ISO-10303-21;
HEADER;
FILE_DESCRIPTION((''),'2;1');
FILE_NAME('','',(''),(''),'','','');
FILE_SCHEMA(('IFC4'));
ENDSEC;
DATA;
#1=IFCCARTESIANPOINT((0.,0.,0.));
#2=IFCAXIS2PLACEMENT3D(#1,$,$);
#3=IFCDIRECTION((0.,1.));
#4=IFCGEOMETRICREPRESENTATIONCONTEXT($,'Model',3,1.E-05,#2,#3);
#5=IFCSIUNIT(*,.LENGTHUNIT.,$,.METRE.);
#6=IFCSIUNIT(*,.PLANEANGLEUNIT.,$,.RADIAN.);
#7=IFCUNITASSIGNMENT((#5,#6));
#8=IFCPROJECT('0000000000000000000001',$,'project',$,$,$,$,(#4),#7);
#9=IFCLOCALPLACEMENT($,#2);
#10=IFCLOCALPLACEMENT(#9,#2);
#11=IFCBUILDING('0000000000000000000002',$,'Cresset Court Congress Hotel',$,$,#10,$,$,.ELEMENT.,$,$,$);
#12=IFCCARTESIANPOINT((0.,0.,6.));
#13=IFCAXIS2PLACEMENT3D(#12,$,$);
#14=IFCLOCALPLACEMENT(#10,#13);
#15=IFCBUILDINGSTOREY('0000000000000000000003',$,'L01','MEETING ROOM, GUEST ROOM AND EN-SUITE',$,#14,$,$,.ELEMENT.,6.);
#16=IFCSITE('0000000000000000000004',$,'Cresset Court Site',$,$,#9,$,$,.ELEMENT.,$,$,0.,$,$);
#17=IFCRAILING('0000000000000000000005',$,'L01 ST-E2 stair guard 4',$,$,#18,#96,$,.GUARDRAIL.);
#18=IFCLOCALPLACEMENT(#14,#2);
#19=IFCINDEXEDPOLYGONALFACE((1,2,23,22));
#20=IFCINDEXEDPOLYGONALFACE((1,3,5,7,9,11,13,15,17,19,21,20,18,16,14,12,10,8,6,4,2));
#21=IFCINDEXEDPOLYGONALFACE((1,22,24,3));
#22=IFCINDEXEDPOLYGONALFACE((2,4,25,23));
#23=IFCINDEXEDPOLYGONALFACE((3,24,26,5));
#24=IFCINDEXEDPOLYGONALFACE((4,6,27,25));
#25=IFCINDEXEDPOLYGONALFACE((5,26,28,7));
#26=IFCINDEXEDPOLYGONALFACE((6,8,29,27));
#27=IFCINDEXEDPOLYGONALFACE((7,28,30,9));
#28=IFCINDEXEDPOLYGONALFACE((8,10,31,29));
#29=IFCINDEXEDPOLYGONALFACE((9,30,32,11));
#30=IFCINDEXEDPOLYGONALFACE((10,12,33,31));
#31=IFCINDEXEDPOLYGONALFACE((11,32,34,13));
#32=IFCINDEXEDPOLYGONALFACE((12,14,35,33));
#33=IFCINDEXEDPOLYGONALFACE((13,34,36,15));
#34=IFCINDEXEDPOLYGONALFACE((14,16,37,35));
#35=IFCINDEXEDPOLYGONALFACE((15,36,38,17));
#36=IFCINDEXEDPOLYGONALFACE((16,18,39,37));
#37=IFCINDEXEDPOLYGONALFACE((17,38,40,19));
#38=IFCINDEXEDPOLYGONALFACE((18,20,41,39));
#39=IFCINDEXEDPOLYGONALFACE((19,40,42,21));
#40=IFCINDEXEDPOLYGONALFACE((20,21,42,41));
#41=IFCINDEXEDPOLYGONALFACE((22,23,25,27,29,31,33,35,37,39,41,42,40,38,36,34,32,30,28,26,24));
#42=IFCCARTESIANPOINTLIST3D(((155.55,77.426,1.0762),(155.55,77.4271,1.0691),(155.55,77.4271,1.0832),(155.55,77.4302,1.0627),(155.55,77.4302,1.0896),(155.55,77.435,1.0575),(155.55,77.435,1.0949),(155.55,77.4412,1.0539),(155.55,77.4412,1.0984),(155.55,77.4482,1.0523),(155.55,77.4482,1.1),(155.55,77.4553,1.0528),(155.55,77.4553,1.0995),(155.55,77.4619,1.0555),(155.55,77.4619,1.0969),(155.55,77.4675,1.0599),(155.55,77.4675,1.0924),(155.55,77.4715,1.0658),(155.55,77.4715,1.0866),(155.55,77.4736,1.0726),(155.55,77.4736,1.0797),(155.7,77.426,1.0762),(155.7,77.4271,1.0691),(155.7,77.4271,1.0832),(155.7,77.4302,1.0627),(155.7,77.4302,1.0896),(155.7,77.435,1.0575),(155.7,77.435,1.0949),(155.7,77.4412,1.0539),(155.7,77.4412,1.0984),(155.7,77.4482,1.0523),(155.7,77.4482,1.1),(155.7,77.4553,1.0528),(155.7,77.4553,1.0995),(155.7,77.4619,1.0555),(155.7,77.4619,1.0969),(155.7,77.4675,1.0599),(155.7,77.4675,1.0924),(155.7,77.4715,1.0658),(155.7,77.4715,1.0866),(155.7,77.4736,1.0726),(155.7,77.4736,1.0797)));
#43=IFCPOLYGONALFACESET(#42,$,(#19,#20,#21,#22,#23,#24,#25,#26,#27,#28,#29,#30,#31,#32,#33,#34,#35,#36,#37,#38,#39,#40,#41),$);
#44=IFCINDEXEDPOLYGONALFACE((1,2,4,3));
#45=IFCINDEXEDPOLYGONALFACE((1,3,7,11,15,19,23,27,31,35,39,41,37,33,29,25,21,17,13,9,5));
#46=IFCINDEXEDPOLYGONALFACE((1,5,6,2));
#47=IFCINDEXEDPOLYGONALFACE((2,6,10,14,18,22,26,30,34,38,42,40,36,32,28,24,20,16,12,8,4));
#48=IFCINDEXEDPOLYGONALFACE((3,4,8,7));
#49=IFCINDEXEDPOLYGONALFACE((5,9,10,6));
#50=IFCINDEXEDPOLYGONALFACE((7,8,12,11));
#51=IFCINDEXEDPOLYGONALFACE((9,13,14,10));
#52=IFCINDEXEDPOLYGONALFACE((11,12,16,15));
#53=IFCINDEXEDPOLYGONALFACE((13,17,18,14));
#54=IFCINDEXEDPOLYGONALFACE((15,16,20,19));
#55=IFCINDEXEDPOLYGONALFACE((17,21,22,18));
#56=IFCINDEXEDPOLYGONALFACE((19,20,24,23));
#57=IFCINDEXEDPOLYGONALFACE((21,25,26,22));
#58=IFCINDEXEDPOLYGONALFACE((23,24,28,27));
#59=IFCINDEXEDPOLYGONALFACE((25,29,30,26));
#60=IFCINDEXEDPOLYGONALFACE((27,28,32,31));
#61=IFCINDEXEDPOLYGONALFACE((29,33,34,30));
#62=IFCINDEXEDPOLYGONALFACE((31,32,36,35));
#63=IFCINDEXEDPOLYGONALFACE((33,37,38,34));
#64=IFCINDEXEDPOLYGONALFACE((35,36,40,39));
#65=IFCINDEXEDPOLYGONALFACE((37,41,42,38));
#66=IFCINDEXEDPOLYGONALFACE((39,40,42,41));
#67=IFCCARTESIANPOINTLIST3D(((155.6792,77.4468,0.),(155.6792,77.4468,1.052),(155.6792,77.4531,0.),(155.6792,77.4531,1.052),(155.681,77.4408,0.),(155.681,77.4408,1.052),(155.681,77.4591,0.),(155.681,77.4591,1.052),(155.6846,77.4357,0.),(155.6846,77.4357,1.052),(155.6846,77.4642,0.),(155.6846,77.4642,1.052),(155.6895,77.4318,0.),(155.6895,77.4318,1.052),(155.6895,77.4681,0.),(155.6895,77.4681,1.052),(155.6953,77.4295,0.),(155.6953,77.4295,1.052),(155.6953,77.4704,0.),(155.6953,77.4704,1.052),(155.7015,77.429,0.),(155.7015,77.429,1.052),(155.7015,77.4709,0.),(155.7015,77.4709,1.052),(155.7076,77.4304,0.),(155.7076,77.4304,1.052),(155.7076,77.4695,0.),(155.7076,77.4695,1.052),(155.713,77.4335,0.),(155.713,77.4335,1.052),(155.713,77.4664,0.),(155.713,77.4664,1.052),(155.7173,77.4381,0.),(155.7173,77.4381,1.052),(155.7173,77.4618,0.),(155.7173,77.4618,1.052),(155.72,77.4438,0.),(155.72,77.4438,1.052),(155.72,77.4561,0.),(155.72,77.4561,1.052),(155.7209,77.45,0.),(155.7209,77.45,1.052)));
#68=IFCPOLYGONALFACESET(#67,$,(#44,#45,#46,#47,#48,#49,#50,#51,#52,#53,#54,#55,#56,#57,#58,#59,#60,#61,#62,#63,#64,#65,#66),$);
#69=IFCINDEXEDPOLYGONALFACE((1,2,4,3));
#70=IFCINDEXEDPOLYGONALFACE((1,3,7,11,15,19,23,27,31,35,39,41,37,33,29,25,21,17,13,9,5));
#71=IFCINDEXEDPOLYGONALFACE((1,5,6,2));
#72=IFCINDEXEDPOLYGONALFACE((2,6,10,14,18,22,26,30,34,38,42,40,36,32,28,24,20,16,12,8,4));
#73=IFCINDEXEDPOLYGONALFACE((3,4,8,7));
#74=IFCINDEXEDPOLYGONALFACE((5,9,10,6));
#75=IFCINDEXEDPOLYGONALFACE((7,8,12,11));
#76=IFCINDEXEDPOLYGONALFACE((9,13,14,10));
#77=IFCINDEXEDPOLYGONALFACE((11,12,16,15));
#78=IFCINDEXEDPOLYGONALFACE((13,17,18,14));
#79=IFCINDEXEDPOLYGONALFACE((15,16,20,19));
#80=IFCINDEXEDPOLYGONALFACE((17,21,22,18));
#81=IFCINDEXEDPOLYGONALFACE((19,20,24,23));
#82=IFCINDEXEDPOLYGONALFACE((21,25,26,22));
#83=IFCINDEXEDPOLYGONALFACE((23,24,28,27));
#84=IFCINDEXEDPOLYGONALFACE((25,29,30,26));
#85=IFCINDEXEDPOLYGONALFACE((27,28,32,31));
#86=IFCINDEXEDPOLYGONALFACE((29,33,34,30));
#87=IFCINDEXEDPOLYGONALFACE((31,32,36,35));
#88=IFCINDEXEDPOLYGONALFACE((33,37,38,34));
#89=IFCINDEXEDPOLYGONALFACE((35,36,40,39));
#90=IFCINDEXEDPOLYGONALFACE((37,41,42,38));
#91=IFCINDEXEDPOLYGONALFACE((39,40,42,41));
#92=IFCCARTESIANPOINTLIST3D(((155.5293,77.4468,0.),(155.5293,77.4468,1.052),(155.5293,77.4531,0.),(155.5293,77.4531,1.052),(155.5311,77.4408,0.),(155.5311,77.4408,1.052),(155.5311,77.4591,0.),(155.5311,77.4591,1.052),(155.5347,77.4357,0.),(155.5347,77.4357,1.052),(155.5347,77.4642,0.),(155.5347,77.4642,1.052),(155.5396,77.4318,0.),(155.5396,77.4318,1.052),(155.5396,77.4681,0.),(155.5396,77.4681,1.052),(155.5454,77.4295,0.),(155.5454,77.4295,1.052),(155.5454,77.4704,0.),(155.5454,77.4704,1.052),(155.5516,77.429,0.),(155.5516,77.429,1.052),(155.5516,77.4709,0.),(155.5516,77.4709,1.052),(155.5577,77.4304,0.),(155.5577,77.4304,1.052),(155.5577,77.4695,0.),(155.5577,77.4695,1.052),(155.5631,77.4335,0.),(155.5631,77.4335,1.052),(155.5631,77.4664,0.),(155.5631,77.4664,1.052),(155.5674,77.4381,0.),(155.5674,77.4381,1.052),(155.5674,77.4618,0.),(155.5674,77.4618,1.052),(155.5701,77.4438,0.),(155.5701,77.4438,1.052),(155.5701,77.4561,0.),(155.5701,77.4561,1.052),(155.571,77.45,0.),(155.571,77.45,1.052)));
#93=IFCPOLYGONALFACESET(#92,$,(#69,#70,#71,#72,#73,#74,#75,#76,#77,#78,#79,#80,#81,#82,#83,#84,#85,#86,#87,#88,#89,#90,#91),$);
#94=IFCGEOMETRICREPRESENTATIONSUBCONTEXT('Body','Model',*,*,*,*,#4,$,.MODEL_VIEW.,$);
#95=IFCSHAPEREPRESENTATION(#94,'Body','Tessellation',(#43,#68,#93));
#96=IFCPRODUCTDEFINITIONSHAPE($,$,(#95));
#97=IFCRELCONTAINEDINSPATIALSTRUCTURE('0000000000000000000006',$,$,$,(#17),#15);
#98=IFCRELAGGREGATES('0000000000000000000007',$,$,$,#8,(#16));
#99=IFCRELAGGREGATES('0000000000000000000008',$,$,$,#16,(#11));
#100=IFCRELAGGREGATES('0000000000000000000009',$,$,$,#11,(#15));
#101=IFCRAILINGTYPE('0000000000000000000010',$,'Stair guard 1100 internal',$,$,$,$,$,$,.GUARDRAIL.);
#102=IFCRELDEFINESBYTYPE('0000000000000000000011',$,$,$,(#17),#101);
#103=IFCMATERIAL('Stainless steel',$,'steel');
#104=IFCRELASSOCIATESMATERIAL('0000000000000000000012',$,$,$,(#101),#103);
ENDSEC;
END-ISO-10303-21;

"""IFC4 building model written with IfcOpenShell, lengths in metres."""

from ifc_helpers import new_model, si_unit, direction, frame, origin, origin_2d, place, context, subcontext, project, spatial, circle, extrude, material, type_object, element, save


model = new_model("IFC4")

# Units and contexts
model_context = context("Model", 3, precision=1e-05, world=origin(), true_north=direction((0.0, 1.0)))
body_context = subcontext(model_context, "Body", "Model", "MODEL_VIEW")
ifc_project = project(units=[si_unit("LENGTHUNIT", "METRE"), si_unit("PLANEANGLEUNIT", "RADIAN")], contexts=[model_context])

# Site, building, storey
site_placement = place(None, origin())
site = spatial("IfcSite", under=ifc_project, at=site_placement, Name="Cresset Court Site", CompositionType="ELEMENT", RefElevation=0.0)
building_placement = place(site_placement, origin())
building = spatial("IfcBuilding", under=site, at=building_placement, Name="Cresset Court Congress Hotel", CompositionType="ELEMENT")
storey_placement = place(building_placement, frame((0.0, 0.0, 6.0)))
storey = spatial("IfcBuildingStorey", under=building, at=storey_placement, Name="L01", Description="MEETING ROOM, GUEST ROOM AND EN-SUITE", CompositionType="ELEMENT", Elevation=6.0)

# Railing
ifc_material_1 = material(Name="Stainless steel", Category="steel")
railing_type_1 = type_object("IfcRailingType", Name="Stair guard 1100 internal", PredefinedType="GUARDRAIL", material=ifc_material_1)
railing_1_placement = place(storey_placement, frame((155.7, 77.45, 0.0)))
element("IfcRailing", 1, at=railing_1_placement, inside=storey, type_object=railing_type_1, Name="L01 ST-E2 stair guard 4", PredefinedType="GUARDRAIL", context=body_context, shape_type="SweptSolid", body=[
    extrude(circle(Radius=0.0239, at=origin_2d()), frame((0.0, 0.0, 1.0762), z_axis=(-1.0, 0.0, 0.0), x_axis=(0.0, -1.0, 0.0)), (0.0, 0.0, 1.0), 0.1499),
    extrude(circle(Radius=0.021, at=origin_2d()), origin(), (0.0, 0.0, 1.0), 1.052),
    extrude(circle(Radius=0.021, at=origin_2d()), frame((-0.1499, 0.0, 0.0)), (0.0, 0.0, 1.0), 1.052),
])

save(model, "model.ifc")
